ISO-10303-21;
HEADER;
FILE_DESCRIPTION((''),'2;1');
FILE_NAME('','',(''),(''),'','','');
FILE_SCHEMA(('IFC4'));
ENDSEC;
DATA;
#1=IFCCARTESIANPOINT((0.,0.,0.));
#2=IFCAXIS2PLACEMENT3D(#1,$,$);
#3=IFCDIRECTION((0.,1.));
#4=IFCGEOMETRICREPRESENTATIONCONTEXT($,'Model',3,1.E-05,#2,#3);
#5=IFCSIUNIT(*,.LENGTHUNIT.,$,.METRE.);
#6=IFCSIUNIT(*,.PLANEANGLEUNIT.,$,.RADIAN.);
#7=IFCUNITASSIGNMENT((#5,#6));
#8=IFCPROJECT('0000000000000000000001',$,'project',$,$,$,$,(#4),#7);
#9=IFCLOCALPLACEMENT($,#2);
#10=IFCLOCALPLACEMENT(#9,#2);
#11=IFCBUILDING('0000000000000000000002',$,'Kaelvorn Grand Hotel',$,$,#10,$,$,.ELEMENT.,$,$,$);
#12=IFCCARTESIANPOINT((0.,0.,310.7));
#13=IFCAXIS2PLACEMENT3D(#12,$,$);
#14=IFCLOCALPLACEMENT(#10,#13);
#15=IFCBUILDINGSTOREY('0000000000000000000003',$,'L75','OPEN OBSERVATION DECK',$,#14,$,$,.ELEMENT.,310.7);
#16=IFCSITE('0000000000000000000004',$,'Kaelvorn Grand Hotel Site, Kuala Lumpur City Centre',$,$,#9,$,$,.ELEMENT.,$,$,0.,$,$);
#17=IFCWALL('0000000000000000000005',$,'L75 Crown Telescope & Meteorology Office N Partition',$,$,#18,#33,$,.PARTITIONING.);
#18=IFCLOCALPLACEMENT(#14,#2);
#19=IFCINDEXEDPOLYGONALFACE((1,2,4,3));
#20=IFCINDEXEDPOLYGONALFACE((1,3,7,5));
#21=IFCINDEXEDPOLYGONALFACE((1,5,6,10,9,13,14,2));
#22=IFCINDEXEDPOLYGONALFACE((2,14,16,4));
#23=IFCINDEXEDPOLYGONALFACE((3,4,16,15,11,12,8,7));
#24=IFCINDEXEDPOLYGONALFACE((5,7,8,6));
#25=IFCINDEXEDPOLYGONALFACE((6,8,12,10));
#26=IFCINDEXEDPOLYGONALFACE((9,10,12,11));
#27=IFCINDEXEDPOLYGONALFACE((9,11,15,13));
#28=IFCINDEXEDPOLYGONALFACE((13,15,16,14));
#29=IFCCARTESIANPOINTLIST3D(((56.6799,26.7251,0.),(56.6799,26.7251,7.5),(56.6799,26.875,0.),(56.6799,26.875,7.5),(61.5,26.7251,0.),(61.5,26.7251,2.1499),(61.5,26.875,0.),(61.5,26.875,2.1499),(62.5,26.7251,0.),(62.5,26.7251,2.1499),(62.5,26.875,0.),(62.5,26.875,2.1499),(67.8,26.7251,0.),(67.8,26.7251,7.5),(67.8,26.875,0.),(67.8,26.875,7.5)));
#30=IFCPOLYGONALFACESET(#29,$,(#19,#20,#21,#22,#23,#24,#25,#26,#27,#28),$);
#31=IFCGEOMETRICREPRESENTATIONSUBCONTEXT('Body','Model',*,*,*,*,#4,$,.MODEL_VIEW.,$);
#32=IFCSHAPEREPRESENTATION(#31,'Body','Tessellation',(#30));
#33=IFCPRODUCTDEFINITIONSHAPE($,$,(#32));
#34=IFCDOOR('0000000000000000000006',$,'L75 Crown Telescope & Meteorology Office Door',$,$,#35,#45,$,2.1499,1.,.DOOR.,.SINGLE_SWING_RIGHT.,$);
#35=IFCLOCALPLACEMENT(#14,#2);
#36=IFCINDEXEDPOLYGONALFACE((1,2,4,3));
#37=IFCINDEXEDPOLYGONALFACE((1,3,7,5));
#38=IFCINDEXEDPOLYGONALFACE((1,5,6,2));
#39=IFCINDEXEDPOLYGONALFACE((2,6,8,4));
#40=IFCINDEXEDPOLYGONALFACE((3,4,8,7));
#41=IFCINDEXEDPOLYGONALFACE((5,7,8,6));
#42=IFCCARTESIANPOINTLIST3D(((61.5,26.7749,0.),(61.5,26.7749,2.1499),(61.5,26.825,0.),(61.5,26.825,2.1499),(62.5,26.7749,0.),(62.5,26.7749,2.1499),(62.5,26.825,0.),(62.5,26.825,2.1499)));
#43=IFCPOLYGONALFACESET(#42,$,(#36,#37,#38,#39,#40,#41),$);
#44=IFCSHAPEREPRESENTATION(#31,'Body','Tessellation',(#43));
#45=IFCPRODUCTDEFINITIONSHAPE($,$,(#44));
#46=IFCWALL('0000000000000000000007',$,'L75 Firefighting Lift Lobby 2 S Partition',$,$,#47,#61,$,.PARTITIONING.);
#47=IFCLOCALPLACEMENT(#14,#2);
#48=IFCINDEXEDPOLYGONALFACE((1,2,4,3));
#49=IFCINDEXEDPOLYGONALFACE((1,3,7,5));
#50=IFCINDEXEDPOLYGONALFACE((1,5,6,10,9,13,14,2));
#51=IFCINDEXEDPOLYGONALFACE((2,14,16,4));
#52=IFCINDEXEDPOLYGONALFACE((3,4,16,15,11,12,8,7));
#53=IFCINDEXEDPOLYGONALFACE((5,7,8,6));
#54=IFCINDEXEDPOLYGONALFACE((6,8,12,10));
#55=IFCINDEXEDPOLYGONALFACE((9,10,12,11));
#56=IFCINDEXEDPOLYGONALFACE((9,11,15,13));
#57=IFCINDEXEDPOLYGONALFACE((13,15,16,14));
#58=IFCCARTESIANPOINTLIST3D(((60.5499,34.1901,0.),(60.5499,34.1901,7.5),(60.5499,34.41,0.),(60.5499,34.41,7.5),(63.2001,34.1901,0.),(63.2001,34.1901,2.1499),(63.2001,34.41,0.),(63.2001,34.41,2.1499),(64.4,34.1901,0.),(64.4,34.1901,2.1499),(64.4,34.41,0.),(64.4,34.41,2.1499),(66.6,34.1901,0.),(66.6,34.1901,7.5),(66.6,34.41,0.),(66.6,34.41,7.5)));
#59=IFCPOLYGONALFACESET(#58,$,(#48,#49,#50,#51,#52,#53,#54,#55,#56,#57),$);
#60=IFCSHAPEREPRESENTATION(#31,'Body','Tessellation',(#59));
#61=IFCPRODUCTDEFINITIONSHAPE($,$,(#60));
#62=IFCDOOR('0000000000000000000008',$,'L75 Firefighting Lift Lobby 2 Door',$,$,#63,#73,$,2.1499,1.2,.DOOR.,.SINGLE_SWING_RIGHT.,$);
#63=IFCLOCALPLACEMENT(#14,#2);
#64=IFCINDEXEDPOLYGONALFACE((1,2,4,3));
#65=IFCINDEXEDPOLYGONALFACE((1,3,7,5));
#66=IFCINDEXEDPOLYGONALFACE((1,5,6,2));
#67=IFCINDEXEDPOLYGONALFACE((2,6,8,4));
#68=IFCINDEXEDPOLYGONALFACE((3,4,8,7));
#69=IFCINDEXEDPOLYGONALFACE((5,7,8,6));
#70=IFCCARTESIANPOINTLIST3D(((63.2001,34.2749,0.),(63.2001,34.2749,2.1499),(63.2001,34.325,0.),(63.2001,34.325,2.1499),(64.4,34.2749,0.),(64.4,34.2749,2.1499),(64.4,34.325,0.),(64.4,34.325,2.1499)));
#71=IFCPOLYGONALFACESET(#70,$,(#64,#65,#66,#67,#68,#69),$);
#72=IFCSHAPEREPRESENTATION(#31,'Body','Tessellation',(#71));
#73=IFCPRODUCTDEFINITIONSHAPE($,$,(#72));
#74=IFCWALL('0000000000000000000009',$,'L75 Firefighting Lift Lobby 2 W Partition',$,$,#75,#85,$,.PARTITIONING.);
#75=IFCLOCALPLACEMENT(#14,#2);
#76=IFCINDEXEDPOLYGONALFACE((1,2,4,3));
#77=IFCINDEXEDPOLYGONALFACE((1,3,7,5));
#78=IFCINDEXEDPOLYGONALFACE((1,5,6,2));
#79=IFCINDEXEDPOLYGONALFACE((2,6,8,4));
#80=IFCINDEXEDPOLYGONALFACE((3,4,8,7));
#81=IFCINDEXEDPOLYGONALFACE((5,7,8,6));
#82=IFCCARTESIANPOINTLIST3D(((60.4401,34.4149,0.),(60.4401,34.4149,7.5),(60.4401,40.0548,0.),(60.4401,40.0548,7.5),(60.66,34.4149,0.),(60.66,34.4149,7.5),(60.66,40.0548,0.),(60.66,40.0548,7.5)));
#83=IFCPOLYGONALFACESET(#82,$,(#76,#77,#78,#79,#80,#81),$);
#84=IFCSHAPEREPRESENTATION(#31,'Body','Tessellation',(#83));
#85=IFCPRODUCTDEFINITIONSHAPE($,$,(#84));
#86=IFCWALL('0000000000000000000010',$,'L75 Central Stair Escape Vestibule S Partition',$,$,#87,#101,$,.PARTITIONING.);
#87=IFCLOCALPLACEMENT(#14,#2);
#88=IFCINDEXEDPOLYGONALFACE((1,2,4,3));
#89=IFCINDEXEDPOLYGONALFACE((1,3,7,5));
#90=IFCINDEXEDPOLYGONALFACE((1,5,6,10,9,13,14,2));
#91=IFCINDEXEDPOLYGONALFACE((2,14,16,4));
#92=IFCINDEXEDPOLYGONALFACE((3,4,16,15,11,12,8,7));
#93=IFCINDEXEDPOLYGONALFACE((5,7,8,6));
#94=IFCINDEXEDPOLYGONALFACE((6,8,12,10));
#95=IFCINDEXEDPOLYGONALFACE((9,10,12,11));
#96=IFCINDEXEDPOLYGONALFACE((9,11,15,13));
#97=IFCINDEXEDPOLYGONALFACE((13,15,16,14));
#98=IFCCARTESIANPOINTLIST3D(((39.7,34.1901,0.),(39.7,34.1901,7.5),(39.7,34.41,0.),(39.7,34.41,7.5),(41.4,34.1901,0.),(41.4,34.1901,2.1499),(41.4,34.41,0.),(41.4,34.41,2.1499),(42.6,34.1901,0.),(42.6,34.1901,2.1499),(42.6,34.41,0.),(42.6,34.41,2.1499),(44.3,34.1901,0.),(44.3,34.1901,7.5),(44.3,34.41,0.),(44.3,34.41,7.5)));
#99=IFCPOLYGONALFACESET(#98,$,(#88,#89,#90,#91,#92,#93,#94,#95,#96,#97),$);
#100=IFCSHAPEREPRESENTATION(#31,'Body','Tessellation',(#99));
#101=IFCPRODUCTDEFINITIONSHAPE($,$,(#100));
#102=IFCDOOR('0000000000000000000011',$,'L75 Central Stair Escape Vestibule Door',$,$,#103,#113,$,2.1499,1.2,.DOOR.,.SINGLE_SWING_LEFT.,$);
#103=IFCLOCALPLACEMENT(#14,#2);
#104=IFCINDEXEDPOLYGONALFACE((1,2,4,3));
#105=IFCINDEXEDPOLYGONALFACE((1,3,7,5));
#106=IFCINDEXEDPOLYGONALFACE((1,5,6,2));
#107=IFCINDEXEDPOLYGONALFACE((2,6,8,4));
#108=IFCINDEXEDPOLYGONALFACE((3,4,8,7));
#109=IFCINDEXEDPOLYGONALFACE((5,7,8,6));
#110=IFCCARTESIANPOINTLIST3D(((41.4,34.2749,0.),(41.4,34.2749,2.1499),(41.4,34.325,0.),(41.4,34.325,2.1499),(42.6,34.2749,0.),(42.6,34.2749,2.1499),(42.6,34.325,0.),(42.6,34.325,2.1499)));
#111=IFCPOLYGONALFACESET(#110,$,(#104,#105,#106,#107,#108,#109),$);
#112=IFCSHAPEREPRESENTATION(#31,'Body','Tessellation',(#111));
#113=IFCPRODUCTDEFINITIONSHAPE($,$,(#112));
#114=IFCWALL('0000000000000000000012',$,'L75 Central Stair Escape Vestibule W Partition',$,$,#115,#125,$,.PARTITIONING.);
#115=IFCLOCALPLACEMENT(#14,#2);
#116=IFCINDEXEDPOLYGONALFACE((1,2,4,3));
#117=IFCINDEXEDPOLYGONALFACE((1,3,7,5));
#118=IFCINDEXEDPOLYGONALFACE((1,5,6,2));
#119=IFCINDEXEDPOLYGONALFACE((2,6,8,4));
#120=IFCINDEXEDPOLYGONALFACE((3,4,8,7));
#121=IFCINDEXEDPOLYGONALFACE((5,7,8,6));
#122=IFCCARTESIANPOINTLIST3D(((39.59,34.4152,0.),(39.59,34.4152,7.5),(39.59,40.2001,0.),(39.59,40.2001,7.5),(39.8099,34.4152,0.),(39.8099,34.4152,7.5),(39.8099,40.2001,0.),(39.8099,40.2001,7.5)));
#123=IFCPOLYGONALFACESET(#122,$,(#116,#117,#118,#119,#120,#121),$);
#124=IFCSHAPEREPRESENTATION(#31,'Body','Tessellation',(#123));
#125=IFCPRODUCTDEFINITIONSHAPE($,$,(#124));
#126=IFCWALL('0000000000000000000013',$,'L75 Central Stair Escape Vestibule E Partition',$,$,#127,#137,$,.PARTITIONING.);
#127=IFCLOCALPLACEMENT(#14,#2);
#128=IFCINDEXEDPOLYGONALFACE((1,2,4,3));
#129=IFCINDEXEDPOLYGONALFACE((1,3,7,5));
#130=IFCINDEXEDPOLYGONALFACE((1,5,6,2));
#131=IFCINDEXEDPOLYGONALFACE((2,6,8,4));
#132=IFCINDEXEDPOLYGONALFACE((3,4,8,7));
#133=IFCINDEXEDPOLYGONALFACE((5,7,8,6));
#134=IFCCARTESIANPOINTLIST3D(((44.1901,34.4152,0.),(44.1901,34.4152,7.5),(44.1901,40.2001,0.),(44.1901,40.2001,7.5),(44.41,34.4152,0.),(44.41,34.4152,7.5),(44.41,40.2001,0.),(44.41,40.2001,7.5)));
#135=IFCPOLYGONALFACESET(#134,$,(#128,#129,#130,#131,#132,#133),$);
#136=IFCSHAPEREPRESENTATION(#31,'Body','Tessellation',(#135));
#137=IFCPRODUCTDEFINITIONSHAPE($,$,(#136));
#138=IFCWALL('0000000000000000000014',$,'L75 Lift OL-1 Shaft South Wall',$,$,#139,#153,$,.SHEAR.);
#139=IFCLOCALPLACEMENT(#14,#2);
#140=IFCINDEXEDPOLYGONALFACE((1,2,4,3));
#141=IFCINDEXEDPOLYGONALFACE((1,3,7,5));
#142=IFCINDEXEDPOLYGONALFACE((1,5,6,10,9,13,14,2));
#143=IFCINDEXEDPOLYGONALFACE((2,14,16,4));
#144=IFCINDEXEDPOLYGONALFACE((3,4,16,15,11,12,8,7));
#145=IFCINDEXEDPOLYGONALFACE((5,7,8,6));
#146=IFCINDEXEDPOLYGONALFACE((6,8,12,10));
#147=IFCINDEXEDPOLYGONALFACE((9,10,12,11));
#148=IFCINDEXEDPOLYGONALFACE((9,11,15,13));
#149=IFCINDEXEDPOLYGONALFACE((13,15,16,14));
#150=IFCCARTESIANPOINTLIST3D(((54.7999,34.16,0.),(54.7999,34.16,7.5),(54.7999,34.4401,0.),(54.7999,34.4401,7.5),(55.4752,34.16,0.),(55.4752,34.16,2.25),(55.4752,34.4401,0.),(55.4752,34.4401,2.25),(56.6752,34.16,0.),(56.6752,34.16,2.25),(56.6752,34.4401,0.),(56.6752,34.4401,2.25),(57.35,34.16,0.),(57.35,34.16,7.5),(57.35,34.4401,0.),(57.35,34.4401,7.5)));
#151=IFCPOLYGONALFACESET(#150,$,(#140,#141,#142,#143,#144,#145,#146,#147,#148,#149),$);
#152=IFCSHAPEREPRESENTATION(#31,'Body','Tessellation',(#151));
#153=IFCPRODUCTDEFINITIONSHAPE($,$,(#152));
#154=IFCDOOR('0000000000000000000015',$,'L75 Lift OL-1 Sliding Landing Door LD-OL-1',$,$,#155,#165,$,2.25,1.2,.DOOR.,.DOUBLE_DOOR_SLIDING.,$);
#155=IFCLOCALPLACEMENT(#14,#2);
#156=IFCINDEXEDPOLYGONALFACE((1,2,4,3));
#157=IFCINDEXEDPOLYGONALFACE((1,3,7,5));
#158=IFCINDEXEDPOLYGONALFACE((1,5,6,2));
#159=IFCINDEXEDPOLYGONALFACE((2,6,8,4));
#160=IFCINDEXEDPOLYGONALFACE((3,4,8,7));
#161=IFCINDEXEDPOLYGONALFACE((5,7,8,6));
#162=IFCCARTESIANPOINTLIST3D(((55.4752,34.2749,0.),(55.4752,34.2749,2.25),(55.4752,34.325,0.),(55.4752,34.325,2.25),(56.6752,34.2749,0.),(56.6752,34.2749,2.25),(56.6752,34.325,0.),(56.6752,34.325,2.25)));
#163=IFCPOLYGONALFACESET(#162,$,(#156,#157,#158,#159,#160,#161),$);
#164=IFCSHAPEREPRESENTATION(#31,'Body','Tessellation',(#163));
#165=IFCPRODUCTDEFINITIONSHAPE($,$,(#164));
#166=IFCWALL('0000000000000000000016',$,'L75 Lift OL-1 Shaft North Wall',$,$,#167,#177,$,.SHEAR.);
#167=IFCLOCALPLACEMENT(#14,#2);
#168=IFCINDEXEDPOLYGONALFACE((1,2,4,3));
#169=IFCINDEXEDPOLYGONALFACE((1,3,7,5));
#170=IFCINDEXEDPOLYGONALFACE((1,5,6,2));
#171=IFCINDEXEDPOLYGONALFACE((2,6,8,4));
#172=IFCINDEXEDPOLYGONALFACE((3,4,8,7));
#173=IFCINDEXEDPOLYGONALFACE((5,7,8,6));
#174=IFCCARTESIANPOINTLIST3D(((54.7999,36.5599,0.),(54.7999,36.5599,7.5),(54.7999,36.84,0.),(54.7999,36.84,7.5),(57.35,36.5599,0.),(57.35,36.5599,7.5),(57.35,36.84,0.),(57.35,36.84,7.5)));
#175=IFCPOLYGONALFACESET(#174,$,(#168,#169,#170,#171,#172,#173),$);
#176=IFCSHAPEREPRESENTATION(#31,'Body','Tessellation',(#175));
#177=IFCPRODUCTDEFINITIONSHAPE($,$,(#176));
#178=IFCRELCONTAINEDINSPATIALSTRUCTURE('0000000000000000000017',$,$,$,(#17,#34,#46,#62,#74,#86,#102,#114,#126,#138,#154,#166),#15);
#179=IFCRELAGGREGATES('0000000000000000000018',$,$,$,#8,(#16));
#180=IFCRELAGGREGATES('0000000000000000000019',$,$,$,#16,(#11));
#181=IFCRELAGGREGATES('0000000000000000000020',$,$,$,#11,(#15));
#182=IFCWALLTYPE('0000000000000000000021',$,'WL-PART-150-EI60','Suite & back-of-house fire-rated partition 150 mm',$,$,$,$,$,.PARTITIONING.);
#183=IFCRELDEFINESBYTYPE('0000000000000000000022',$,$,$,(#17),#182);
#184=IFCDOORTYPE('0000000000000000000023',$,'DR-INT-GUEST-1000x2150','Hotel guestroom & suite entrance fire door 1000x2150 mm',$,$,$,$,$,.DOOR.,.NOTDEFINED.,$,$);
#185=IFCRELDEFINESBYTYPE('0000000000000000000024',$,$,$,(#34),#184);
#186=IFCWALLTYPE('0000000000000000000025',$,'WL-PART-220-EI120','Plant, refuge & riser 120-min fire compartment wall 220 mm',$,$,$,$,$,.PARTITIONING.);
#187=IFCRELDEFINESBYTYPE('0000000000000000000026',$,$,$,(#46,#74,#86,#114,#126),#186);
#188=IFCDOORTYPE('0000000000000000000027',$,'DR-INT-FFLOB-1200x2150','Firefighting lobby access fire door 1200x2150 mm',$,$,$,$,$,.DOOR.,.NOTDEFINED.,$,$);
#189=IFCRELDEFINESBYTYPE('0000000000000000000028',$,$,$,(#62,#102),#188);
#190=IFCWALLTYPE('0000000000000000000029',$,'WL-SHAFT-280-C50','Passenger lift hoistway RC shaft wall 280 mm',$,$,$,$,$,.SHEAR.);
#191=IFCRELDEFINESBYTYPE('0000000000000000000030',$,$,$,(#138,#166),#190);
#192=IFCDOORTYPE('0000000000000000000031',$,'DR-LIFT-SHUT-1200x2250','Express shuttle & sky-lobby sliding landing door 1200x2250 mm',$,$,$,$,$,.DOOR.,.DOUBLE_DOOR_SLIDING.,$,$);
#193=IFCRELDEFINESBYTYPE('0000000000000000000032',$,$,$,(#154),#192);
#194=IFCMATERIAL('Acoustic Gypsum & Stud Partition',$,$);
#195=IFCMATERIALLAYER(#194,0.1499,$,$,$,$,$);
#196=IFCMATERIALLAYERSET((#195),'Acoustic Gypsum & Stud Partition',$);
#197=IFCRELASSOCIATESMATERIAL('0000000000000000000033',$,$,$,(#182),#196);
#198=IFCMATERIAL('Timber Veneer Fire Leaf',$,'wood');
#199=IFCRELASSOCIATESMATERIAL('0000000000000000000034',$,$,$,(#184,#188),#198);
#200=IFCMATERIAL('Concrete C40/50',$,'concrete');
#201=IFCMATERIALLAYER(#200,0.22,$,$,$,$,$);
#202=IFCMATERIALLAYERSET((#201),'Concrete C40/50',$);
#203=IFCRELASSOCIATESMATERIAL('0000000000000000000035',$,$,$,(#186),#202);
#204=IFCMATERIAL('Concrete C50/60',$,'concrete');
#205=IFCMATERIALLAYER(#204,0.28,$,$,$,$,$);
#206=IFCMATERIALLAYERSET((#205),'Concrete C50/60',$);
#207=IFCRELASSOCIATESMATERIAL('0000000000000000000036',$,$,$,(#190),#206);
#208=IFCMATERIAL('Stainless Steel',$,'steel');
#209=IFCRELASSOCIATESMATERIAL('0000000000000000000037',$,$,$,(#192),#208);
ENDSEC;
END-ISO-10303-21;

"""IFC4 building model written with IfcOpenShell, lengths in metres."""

from ifc_helpers import new_model, si_unit, direction, frame, frame_2d, origin, place, context, subcontext, project, spatial, rectangle, extrude, material, layer, layer_set, type_object, element, fill, save


model = new_model("IFC4")

# Units and contexts
model_context = context("Model", 3, precision=1e-05, world=origin(), true_north=direction((0.0, 1.0)))
body_context = subcontext(model_context, "Body", "Model", "MODEL_VIEW")
ifc_project = project(units=[si_unit("LENGTHUNIT", "METRE"), si_unit("PLANEANGLEUNIT", "RADIAN")], contexts=[model_context])

# Site, building, storey
site_placement = place(None, origin())
site = spatial("IfcSite", under=ifc_project, at=site_placement, Name="Kaelvorn Grand Hotel Site, Kuala Lumpur City Centre", CompositionType="ELEMENT", RefElevation=0.0)
building_placement = place(site_placement, origin())
building = spatial("IfcBuilding", under=site, at=building_placement, Name="Kaelvorn Grand Hotel", CompositionType="ELEMENT")
storey_placement = place(building_placement, frame((0.0, 0.0, 310.7)))
storey = spatial("IfcBuildingStorey", under=building, at=storey_placement, Name="L75", Description="OPEN OBSERVATION DECK", CompositionType="ELEMENT", Elevation=310.7)

# Shared definitions
ifc_material_1 = material(Name="Concrete C50/60", Category="concrete")

# Shared definitions
ifc_material_2 = material(Name="Acoustic Gypsum & Stud Partition")
ifc_layer_1 = layer(ifc_material_2, 0.1499)
ifc_layer_set_1 = layer_set([ifc_layer_1], Name="Acoustic Gypsum & Stud Partition")
wall_type_1 = type_object("IfcWallType", Name="WL-PART-150-EI60", Description="Suite & back-of-house fire-rated partition 150 mm", PredefinedType="PARTITIONING", material=ifc_layer_set_1)
ifc_material_3 = material(Name="Timber Veneer Fire Leaf", Category="wood")
door_type_1 = type_object("IfcDoorType", Name="DR-INT-GUEST-1000x2150", Description="Hotel guestroom & suite entrance fire door 1000x2150 mm", OperationType="NOTDEFINED", PredefinedType="DOOR", material=ifc_material_3)

# Walls, openings, doors
wall_1_placement = place(storey_placement, frame((56.6799, 26.8, 0.0), z_axis=(0.0, 0.0, 1.0), x_axis=(1.0, 0.0, 0.0)))
wall_1 = element("IfcWall", 1, at=wall_1_placement, inside=storey, type_object=wall_type_1, Name="L75 Crown Telescope & Meteorology Office N Partition", PredefinedType="PARTITIONING", context=body_context, shape_type="SweptSolid", body=[
    extrude(rectangle(XDim=11.1201, YDim=0.1499, at=frame_2d((5.5601, 0.0))), origin(), (0.0, 0.0, 1.0), 7.5),
])
opening_1_placement = place(wall_1_placement, frame((4.8201, 0.0, 0.0)))
opening_1 = element("IfcOpeningElement", 2, at=opening_1_placement, cuts=wall_1, PredefinedType="OPENING", context=body_context, shape_type="SweptSolid", body=[
    extrude(rectangle(XDim=1.0, YDim=2.1499, at=frame_2d((0.5, 1.075))), frame((0.0, 0.085, 0.0), z_axis=(0.0, -1.0, 0.0), x_axis=(1.0, 0.0, 0.0)), (0.0, 0.0, 1.0), 0.1699),
])
door_1_placement = place(opening_1_placement, origin())
door_1 = element("IfcDoor", 3, at=door_1_placement, inside=storey, type_object=door_type_1, Name="L75 Crown Telescope & Meteorology Office Door", OperationType="SINGLE_SWING_RIGHT", OverallHeight=2.1499, OverallWidth=1.0, PredefinedType="DOOR", context=body_context, shape_type="SweptSolid", body=[
    extrude(rectangle(XDim=1.0, YDim=2.1499, at=frame_2d((0.5, 1.075))), frame((0.0, 0.0249, 0.0), z_axis=(0.0, -1.0, 0.0), x_axis=(1.0, 0.0, 0.0)), (0.0, 0.0, 1.0), 0.05),
])
fill(opening_1, door_1)
ifc_material_4 = material(Name="Concrete C40/50", Category="concrete")
ifc_layer_2 = layer(ifc_material_4, 0.22)
ifc_layer_set_2 = layer_set([ifc_layer_2], Name="Concrete C40/50")
wall_type_2 = type_object("IfcWallType", Name="WL-PART-220-EI120", Description="Plant, refuge & riser 120-min fire compartment wall 220 mm", PredefinedType="PARTITIONING", material=ifc_layer_set_2)
wall_2_placement = place(storey_placement, frame((60.55, 34.3, 0.0), z_axis=(0.0, 0.0, 1.0), x_axis=(1.0, 0.0, 0.0)))
wall_2 = element("IfcWall", 4, at=wall_2_placement, inside=storey, type_object=wall_type_2, Name="L75 Firefighting Lift Lobby 2 S Partition", PredefinedType="PARTITIONING", context=body_context, shape_type="SweptSolid", body=[
    extrude(rectangle(XDim=6.05, YDim=0.22, at=frame_2d((3.0249, 0.0))), origin(), (0.0, 0.0, 1.0), 7.5),
])
opening_2_placement = place(wall_2_placement, frame((2.6499, 0.0, 0.0)))
opening_2 = element("IfcOpeningElement", 5, at=opening_2_placement, cuts=wall_2, PredefinedType="OPENING", context=body_context, shape_type="SweptSolid", body=[
    extrude(rectangle(XDim=1.2, YDim=2.1499, at=frame_2d((0.6001, 1.075))), frame((0.0, 0.1201, 0.0), z_axis=(0.0, -1.0, 0.0), x_axis=(1.0, 0.0, 0.0)), (0.0, 0.0, 1.0), 0.24),
])
door_type_2 = type_object("IfcDoorType", Name="DR-INT-FFLOB-1200x2150", Description="Firefighting lobby access fire door 1200x2150 mm", OperationType="NOTDEFINED", PredefinedType="DOOR", material=ifc_material_3)
door_2_placement = place(opening_2_placement, origin())
door_2 = element("IfcDoor", 6, at=door_2_placement, inside=storey, type_object=door_type_2, Name="L75 Firefighting Lift Lobby 2 Door", OperationType="SINGLE_SWING_RIGHT", OverallHeight=2.1499, OverallWidth=1.2, PredefinedType="DOOR", context=body_context, shape_type="SweptSolid", body=[
    extrude(rectangle(XDim=1.2, YDim=2.1499, at=frame_2d((0.6001, 1.075))), frame((0.0, 0.0249, 0.0), z_axis=(0.0, -1.0, 0.0), x_axis=(1.0, 0.0, 0.0)), (0.0, 0.0, 1.0), 0.05),
])
fill(opening_2, door_2)

# Wall
wall_3_placement = place(storey_placement, frame((60.55, 34.415, 0.0), z_axis=(0.0, 0.0, 1.0), x_axis=(0.0, 1.0, 0.0)))
element("IfcWall", 7, at=wall_3_placement, inside=storey, type_object=wall_type_2, Name="L75 Firefighting Lift Lobby 2 W Partition", PredefinedType="PARTITIONING", context=body_context, shape_type="SweptSolid", body=[
    extrude(rectangle(XDim=5.6399, YDim=0.22, at=frame_2d((2.8198, 0.0))), origin(), (0.0, 0.0, 1.0), 7.5),
])

# Wall, opening, door
wall_4_placement = place(storey_placement, frame((39.7, 34.3, 0.0), z_axis=(0.0, 0.0, 1.0), x_axis=(1.0, 0.0, 0.0)))
wall_4 = element("IfcWall", 8, at=wall_4_placement, inside=storey, type_object=wall_type_2, Name="L75 Central Stair Escape Vestibule S Partition", PredefinedType="PARTITIONING", context=body_context, shape_type="SweptSolid", body=[
    extrude(rectangle(XDim=4.6001, YDim=0.22, at=frame_2d((2.3, 0.0))), origin(), (0.0, 0.0, 1.0), 7.5),
])
opening_3_placement = place(wall_4_placement, frame((1.7, 0.0, 0.0)))
opening_3 = element("IfcOpeningElement", 9, at=opening_3_placement, cuts=wall_4, PredefinedType="OPENING", context=body_context, shape_type="SweptSolid", body=[
    extrude(rectangle(XDim=1.2, YDim=2.1499, at=frame_2d((0.6001, 1.075))), frame((0.0, 0.1201, 0.0), z_axis=(0.0, -1.0, 0.0), x_axis=(1.0, 0.0, 0.0)), (0.0, 0.0, 1.0), 0.24),
])
door_3_placement = place(opening_3_placement, origin())
door_3 = element("IfcDoor", 10, at=door_3_placement, inside=storey, type_object=door_type_2, Name="L75 Central Stair Escape Vestibule Door", OperationType="SINGLE_SWING_LEFT", OverallHeight=2.1499, OverallWidth=1.2, PredefinedType="DOOR", context=body_context, shape_type="SweptSolid", body=[
    extrude(rectangle(XDim=1.2, YDim=2.1499, at=frame_2d((0.6001, 1.075))), frame((0.0, 0.0249, 0.0), z_axis=(0.0, -1.0, 0.0), x_axis=(1.0, 0.0, 0.0)), (0.0, 0.0, 1.0), 0.05),
])
fill(opening_3, door_3)

# Walls
for number, where, z_axis, x_axis, name in (
    (11, (39.7, 34.415, 0.0), (0.0, 0.0, 1.0), (0.0, 1.0, 0.0), "L75 Central Stair Escape Vestibule W Partition"),
    (12, (44.3, 34.415, 0.0), (0.0, 0.0, 1.0), (0.0, 1.0, 0.0), "L75 Central Stair Escape Vestibule E Partition"),
):
    element("IfcWall", number, at=place(storey_placement, frame(where, z_axis=z_axis, x_axis=x_axis)), inside=storey, type_object=wall_type_2, Name=name, PredefinedType="PARTITIONING", context=body_context, shape_type="SweptSolid", body=[
        extrude(rectangle(XDim=5.7849, YDim=0.22, at=frame_2d((2.8926, 0.0))), origin(), (0.0, 0.0, 1.0), 7.5),
    ])

# Wall, opening, door
ifc_layer_3 = layer(ifc_material_1, 0.28)
ifc_layer_set_3 = layer_set([ifc_layer_3], Name="Concrete C50/60")
wall_type_3 = type_object("IfcWallType", Name="WL-SHAFT-280-C50", Description="Passenger lift hoistway RC shaft wall 280 mm", PredefinedType="SHEAR", material=ifc_layer_set_3)
wall_5_placement = place(storey_placement, frame((54.8, 34.3, 0.0), z_axis=(0.0, 0.0, 1.0), x_axis=(1.0, 0.0, 0.0)))
wall_5 = element("IfcWall", 13, at=wall_5_placement, inside=storey, type_object=wall_type_3, Name="L75 Lift OL-1 Shaft South Wall", PredefinedType="SHEAR", context=body_context, shape_type="SweptSolid", body=[
    extrude(rectangle(XDim=2.55, YDim=0.28, at=frame_2d((1.2749, 0.0))), origin(), (0.0, 0.0, 1.0), 7.5),
])
opening_4_placement = place(wall_5_placement, frame((0.675, 0.0, 0.0)))
opening_4 = element("IfcOpeningElement", 14, at=opening_4_placement, cuts=wall_5, PredefinedType="OPENING", context=body_context, shape_type="SweptSolid", body=[
    extrude(rectangle(XDim=1.2, YDim=2.25, at=frame_2d((0.6001, 1.125))), frame((0.0, 0.1499, 0.0), z_axis=(0.0, -1.0, 0.0), x_axis=(1.0, 0.0, 0.0)), (0.0, 0.0, 1.0), 0.3),
])
ifc_material_5 = material(Name="Stainless Steel", Category="steel")
door_type_3 = type_object("IfcDoorType", Name="DR-LIFT-SHUT-1200x2250", Description="Express shuttle & sky-lobby sliding landing door 1200x2250 mm", OperationType="DOUBLE_DOOR_SLIDING", PredefinedType="DOOR", material=ifc_material_5)
door_4_placement = place(opening_4_placement, origin())
door_4 = element("IfcDoor", 15, at=door_4_placement, inside=storey, type_object=door_type_3, Name="L75 Lift OL-1 Sliding Landing Door LD-OL-1", OperationType="DOUBLE_DOOR_SLIDING", OverallHeight=2.25, OverallWidth=1.2, PredefinedType="DOOR", context=body_context, shape_type="SweptSolid", body=[
    extrude(rectangle(XDim=1.2, YDim=2.25, at=frame_2d((0.6001, 1.125))), frame((0.0, 0.0249, 0.0), z_axis=(0.0, -1.0, 0.0), x_axis=(1.0, 0.0, 0.0)), (0.0, 0.0, 1.0), 0.05),
])
fill(opening_4, door_4)

# Wall
wall_6_placement = place(storey_placement, frame((54.8, 36.7, 0.0), z_axis=(0.0, 0.0, 1.0), x_axis=(1.0, 0.0, 0.0)))
element("IfcWall", 16, at=wall_6_placement, inside=storey, type_object=wall_type_3, Name="L75 Lift OL-1 Shaft North Wall", PredefinedType="SHEAR", context=body_context, shape_type="SweptSolid", body=[
    extrude(rectangle(XDim=2.55, YDim=0.28, at=frame_2d((1.2749, 0.0))), origin(), (0.0, 0.0, 1.0), 7.5),
])

save(model, "model.ifc")
